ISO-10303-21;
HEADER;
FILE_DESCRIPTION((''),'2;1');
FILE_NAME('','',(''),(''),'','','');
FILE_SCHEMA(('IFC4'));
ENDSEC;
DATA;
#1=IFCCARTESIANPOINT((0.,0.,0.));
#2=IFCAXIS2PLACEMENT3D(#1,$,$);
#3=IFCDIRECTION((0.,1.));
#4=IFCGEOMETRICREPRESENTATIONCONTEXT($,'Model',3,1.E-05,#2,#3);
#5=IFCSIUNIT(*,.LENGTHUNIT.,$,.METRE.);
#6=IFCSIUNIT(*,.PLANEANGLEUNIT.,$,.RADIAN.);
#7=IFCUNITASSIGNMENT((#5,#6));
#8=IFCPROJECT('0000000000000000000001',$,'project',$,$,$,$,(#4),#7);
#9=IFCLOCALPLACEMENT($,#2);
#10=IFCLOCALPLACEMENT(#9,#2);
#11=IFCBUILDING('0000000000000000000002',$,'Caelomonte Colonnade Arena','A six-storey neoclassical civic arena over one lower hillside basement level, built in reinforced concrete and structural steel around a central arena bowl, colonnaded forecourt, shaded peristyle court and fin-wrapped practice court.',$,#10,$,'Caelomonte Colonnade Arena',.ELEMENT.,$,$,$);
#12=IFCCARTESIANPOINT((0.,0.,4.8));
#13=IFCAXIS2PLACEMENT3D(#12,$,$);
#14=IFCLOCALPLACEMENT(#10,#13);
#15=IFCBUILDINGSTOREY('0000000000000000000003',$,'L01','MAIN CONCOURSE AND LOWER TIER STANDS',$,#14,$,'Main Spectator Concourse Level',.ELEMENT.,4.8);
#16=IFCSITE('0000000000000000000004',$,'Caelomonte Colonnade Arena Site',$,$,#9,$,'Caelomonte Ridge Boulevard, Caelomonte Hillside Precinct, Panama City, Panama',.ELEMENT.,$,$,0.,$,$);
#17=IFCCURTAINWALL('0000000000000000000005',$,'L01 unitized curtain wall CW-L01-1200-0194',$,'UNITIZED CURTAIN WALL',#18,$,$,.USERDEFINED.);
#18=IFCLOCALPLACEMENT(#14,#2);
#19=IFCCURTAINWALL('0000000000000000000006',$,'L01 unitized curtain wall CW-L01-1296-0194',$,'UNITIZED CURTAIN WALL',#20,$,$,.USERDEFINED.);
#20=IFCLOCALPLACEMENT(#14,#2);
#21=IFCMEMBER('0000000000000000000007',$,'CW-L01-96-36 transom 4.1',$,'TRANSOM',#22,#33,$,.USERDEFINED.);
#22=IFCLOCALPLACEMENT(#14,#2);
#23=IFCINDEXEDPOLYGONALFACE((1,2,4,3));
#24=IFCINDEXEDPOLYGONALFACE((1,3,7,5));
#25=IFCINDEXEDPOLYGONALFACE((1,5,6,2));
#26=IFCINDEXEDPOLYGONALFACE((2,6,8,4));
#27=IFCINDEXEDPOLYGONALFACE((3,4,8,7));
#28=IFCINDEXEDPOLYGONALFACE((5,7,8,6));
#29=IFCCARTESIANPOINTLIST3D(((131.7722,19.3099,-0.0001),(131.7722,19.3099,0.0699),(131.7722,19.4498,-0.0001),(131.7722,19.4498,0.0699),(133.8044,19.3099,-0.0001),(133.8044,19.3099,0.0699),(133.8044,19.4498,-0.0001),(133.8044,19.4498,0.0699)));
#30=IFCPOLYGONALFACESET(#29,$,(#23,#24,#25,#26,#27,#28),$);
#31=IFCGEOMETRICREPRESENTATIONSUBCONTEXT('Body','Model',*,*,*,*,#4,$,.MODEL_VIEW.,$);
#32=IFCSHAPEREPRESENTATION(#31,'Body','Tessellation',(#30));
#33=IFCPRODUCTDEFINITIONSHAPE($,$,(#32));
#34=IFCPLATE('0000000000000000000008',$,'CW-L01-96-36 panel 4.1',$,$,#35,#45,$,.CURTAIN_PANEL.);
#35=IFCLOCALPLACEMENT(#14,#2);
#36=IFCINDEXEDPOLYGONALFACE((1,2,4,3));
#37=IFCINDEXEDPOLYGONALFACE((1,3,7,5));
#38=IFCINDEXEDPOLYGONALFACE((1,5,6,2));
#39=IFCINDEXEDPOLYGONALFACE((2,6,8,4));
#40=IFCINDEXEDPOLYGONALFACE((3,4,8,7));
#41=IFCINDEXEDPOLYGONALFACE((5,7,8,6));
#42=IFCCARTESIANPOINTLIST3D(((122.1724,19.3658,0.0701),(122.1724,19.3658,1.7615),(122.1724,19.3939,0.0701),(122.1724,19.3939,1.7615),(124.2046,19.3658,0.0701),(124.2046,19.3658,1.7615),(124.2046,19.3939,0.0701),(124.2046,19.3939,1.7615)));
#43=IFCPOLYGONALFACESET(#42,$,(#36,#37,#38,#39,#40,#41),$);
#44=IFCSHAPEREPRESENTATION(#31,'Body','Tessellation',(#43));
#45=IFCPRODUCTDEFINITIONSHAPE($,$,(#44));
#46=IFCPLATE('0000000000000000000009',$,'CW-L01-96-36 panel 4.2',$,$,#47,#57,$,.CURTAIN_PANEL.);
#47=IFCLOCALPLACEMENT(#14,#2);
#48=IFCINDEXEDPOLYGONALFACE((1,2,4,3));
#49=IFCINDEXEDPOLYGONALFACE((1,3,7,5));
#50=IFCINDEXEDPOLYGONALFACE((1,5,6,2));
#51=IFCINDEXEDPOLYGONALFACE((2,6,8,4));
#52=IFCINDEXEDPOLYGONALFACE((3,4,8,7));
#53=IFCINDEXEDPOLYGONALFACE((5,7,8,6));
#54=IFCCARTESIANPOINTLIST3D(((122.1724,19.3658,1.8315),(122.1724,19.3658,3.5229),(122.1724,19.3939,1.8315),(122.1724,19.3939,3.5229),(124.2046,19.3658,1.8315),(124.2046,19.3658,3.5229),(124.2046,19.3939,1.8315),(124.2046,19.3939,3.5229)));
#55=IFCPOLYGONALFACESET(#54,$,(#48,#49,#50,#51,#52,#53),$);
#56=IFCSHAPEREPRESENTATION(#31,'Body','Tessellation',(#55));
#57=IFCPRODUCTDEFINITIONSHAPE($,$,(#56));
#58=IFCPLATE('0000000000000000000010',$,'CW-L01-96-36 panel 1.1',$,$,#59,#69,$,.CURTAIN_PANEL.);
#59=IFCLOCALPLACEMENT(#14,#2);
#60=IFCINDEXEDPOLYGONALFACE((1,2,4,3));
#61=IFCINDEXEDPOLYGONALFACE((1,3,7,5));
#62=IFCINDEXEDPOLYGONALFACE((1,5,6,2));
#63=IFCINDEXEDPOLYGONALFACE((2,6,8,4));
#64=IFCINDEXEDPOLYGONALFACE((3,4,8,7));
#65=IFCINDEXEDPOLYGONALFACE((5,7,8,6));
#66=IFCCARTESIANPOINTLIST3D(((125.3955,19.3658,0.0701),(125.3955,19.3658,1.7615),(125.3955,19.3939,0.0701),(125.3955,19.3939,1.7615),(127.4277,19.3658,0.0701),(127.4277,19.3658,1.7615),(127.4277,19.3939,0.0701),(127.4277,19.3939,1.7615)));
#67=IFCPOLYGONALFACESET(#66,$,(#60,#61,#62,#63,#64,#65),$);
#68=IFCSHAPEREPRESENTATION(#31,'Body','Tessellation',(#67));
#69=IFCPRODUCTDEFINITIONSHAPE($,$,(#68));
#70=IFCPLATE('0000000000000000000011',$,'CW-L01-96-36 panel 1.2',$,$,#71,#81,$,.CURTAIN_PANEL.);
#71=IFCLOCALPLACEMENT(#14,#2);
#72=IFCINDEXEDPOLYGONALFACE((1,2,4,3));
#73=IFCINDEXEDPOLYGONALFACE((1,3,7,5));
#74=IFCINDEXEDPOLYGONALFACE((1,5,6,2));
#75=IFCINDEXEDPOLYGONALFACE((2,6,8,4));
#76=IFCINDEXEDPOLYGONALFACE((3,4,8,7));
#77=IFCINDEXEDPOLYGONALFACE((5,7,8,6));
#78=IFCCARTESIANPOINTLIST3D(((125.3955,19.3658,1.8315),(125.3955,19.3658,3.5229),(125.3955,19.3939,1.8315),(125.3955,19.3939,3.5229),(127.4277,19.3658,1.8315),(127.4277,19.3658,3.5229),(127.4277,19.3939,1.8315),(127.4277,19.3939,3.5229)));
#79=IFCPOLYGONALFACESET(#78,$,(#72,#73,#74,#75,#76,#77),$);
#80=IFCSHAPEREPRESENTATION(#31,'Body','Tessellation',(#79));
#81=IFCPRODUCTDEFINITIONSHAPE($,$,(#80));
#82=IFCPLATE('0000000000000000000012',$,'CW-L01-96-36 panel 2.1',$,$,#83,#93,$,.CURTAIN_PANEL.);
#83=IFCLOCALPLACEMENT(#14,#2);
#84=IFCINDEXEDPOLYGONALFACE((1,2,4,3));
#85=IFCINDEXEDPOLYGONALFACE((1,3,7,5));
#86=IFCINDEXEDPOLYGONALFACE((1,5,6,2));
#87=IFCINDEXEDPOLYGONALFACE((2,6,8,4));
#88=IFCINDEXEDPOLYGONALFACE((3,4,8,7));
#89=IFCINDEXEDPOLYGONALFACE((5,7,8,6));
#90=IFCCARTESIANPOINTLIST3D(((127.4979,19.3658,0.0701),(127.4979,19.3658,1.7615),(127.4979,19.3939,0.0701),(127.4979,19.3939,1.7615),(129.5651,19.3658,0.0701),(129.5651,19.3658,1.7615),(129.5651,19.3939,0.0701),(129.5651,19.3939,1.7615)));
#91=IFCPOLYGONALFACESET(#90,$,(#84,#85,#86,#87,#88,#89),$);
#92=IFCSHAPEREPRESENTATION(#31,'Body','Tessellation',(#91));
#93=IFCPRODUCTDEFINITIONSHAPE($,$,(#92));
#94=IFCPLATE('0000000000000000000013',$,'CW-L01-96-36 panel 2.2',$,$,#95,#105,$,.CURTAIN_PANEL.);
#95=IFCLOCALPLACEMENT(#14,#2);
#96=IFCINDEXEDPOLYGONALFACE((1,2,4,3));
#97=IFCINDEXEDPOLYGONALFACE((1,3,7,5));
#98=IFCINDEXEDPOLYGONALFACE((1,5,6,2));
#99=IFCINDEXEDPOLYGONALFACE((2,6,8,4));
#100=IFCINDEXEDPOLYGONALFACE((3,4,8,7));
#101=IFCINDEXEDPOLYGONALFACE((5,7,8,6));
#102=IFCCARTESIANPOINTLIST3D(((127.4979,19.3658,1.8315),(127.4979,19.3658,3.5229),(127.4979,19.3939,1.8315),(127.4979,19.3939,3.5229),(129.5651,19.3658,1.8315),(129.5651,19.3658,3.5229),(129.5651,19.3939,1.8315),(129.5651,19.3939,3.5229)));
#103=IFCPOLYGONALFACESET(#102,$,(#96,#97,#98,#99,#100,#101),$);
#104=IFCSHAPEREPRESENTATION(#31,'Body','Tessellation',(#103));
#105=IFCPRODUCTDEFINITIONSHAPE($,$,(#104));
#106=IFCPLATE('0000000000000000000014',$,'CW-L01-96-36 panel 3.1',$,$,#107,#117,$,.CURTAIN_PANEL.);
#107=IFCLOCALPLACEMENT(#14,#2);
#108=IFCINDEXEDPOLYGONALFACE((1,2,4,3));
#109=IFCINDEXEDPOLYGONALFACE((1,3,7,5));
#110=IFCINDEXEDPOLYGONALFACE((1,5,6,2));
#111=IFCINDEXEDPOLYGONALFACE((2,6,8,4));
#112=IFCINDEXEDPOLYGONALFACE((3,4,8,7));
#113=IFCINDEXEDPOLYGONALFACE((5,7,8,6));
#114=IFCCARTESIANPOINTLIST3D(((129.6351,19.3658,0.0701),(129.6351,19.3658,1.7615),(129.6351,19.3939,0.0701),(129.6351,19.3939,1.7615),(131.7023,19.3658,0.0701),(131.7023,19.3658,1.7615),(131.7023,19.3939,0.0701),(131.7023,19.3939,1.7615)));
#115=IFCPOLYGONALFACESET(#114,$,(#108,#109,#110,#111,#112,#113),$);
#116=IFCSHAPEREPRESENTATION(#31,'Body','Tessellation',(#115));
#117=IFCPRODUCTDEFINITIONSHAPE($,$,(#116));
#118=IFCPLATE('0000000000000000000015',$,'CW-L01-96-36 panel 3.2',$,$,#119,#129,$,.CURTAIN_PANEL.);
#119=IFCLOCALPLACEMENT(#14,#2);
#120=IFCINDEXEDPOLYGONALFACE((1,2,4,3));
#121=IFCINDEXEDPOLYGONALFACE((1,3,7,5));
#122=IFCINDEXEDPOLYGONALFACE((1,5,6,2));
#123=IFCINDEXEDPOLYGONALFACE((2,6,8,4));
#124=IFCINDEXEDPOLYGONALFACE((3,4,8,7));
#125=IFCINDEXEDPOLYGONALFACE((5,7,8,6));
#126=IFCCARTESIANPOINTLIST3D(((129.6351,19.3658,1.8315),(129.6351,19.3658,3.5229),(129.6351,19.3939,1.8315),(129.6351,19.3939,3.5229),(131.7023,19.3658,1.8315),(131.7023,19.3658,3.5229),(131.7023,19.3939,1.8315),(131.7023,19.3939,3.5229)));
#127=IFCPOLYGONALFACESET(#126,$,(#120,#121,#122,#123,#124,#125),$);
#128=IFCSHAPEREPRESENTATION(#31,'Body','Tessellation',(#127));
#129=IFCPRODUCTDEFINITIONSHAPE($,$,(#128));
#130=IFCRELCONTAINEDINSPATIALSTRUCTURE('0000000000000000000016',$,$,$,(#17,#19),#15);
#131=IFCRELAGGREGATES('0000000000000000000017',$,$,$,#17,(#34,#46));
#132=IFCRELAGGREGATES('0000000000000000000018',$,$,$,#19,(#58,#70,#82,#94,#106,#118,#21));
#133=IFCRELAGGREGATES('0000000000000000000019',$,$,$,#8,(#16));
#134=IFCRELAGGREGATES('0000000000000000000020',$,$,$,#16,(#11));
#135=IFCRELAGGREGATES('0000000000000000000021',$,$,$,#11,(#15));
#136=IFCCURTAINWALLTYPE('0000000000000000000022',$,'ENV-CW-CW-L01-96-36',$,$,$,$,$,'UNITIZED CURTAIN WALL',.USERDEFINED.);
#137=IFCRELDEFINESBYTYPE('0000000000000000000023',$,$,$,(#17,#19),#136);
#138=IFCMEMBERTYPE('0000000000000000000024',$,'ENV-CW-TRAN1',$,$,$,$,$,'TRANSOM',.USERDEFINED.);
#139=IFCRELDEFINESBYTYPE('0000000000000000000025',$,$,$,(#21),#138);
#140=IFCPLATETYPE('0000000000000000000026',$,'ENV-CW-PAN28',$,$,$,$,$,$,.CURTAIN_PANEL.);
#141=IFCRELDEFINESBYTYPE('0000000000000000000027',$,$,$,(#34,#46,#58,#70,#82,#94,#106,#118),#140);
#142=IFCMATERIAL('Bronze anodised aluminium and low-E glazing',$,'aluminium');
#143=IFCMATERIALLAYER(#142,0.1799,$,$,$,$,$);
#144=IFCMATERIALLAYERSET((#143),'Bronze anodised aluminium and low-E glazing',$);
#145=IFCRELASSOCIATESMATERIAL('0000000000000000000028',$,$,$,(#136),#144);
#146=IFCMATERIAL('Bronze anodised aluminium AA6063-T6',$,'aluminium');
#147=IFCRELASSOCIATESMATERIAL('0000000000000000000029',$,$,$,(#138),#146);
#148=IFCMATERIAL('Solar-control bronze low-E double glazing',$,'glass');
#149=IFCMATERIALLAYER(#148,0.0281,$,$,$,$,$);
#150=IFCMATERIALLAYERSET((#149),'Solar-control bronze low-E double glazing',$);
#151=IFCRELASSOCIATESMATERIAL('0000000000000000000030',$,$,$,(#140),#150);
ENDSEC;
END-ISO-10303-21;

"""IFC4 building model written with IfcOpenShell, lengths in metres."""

from ifc_helpers import new_model, si_unit, direction, frame, origin, origin_2d, place, context, subcontext, project, spatial, rectangle, extrude, material, layer, layer_set, material_profile, profile_set, type_object, element, aggregate, save


model = new_model("IFC4")

# Units and contexts
model_context = context("Model", 3, precision=1e-05, world=origin(), true_north=direction((0.0, 1.0)))
body_context = subcontext(model_context, "Body", "Model", "MODEL_VIEW")
ifc_project = project(units=[si_unit("LENGTHUNIT", "METRE"), si_unit("PLANEANGLEUNIT", "RADIAN")], contexts=[model_context])

# Site, building, storey
site_placement = place(None, origin())
site = spatial("IfcSite", under=ifc_project, at=site_placement, Name="Caelomonte Colonnade Arena Site", LongName="Caelomonte Ridge Boulevard, Caelomonte Hillside Precinct, Panama City, Panama", CompositionType="ELEMENT", RefElevation=0.0)
building_placement = place(site_placement, origin())
building = spatial("IfcBuilding", under=site, at=building_placement, Name="Caelomonte Colonnade Arena", Description="A six-storey neoclassical civic arena over one lower hillside basement level, built in reinforced concrete and structural steel around a central arena bowl, colonnaded forecourt, shaded peristyle court and fin-wrapped practice court.", LongName="Caelomonte Colonnade Arena", CompositionType="ELEMENT")
storey_placement = place(building_placement, frame((0.0, 0.0, 4.8)))
storey = spatial("IfcBuildingStorey", under=building, at=storey_placement, Name="L01", Description="MAIN CONCOURSE AND LOWER TIER STANDS", LongName="Main Spectator Concourse Level", CompositionType="ELEMENT", Elevation=4.8)

# Curtain wall
ifc_material_1 = material(Name="Bronze anodised aluminium and low-E glazing", Category="aluminium")
ifc_layer_1 = layer(ifc_material_1, 0.1799)
ifc_layer_set_1 = layer_set([ifc_layer_1], Name="Bronze anodised aluminium and low-E glazing")
curtain_wall_type = type_object("IfcCurtainWallType", Name="ENV-CW-CW-L01-96-36", ElementType="UNITIZED CURTAIN WALL", PredefinedType="USERDEFINED", material=ifc_layer_set_1)
curtain_wall_1_placement = place(storey_placement, origin())
curtain_wall_1 = element("IfcCurtainWall", 1, at=curtain_wall_1_placement, inside=storey, type_object=curtain_wall_type, Name="L01 unitized curtain wall CW-L01-1200-0194", ObjectType="UNITIZED CURTAIN WALL", PredefinedType="USERDEFINED")
ifc_material_2 = material(Name="Bronze anodised aluminium AA6063-T6", Category="aluminium")

# Curtain wall
curtain_wall_2_placement = place(storey_placement, origin())
curtain_wall_2 = element("IfcCurtainWall", 2, at=curtain_wall_2_placement, inside=storey, type_object=curtain_wall_type, Name="L01 unitized curtain wall CW-L01-1296-0194", ObjectType="UNITIZED CURTAIN WALL", PredefinedType="USERDEFINED")

# Member
ifc_material_profile_1 = material_profile(ifc_material_2, rectangle(XDim=0.0701, YDim=0.1399, at=origin_2d()), Name="CWT-70X140")
ifc_profile_set_1 = profile_set([ifc_material_profile_1], Name="Bronze anodised aluminium AA6063-T6")
member_type_1 = type_object("IfcMemberType", Name="ENV-CW-TRAN1", ElementType="TRANSOM", PredefinedType="USERDEFINED", material=ifc_profile_set_1)
member_1_placement = place(storey_placement, frame((131.7722, 19.3799, 0.0349), z_axis=(1.0, 0.0, 0.0), x_axis=(0.0, 0.0, 1.0)))
member_1 = element("IfcMember", 3, at=member_1_placement, type_object=member_type_1, Name="CW-L01-96-36 transom 4.1", ObjectType="TRANSOM", PredefinedType="USERDEFINED", context=body_context, shape_type="SweptSolid", body=[
    extrude(rectangle(XDim=0.0701, YDim=0.1399, at=origin_2d()), origin(), (0.0, 0.0, 1.0), 2.0322),
])

# Plates
ifc_material_3 = material(Name="Solar-control bronze low-E double glazing", Category="glass")
ifc_layer_2 = layer(ifc_material_3, 0.0281)
ifc_layer_set_2 = layer_set([ifc_layer_2], Name="Solar-control bronze low-E double glazing")
plate_type = type_object("IfcPlateType", Name="ENV-CW-PAN28", PredefinedType="CURTAIN_PANEL", material=ifc_layer_set_2)
plate_1_placement = place(storey_placement, frame((123.1885, 19.3799, 0.0701), z_axis=(0.0, 0.0, 1.0), x_axis=(1.0, 0.0, 0.0)))
plate_1 = element("IfcPlate", 4, at=plate_1_placement, type_object=plate_type, Name="CW-L01-96-36 panel 4.1", PredefinedType="CURTAIN_PANEL", context=body_context, shape_type="SweptSolid", body=[
    extrude(rectangle(XDim=2.0322, YDim=0.0281, at=origin_2d()), origin(), (0.0, 0.0, 1.0), 1.6914),
])
plate_2_placement = place(storey_placement, frame((123.1885, 19.3799, 1.8315), z_axis=(0.0, 0.0, 1.0), x_axis=(1.0, 0.0, 0.0)))
plate_2 = element("IfcPlate", 5, at=plate_2_placement, type_object=plate_type, Name="CW-L01-96-36 panel 4.2", PredefinedType="CURTAIN_PANEL", context=body_context, shape_type="SweptSolid", body=[
    extrude(rectangle(XDim=2.0322, YDim=0.0281, at=origin_2d()), origin(), (0.0, 0.0, 1.0), 1.6914),
])
aggregate(curtain_wall_1, [plate_1, plate_2])
plate_3_placement = place(storey_placement, frame((126.4116, 19.3799, 0.0701), z_axis=(0.0, 0.0, 1.0), x_axis=(1.0, 0.0, 0.0)))
plate_3 = element("IfcPlate", 6, at=plate_3_placement, type_object=plate_type, Name="CW-L01-96-36 panel 1.1", PredefinedType="CURTAIN_PANEL", context=body_context, shape_type="SweptSolid", body=[
    extrude(rectangle(XDim=2.0322, YDim=0.0281, at=origin_2d()), origin(), (0.0, 0.0, 1.0), 1.6914),
])
plate_4_placement = place(storey_placement, frame((126.4116, 19.3799, 1.8315), z_axis=(0.0, 0.0, 1.0), x_axis=(1.0, 0.0, 0.0)))
plate_4 = element("IfcPlate", 7, at=plate_4_placement, type_object=plate_type, Name="CW-L01-96-36 panel 1.2", PredefinedType="CURTAIN_PANEL", context=body_context, shape_type="SweptSolid", body=[
    extrude(rectangle(XDim=2.0322, YDim=0.0281, at=origin_2d()), origin(), (0.0, 0.0, 1.0), 1.6914),
])
plate_5_placement = place(storey_placement, frame((128.5315, 19.3799, 0.0701), z_axis=(0.0, 0.0, 1.0), x_axis=(1.0, 0.0, 0.0)))
plate_5 = element("IfcPlate", 8, at=plate_5_placement, type_object=plate_type, Name="CW-L01-96-36 panel 2.1", PredefinedType="CURTAIN_PANEL", context=body_context, shape_type="SweptSolid", body=[
    extrude(rectangle(XDim=2.0671, YDim=0.0281, at=origin_2d()), origin(), (0.0, 0.0, 1.0), 1.6914),
])
plate_6_placement = place(storey_placement, frame((128.5315, 19.3799, 1.8315), z_axis=(0.0, 0.0, 1.0), x_axis=(1.0, 0.0, 0.0)))
plate_6 = element("IfcPlate", 9, at=plate_6_placement, type_object=plate_type, Name="CW-L01-96-36 panel 2.2", PredefinedType="CURTAIN_PANEL", context=body_context, shape_type="SweptSolid", body=[
    extrude(rectangle(XDim=2.0671, YDim=0.0281, at=origin_2d()), origin(), (0.0, 0.0, 1.0), 1.6914),
])
plate_7_placement = place(storey_placement, frame((130.6687, 19.3799, 0.0701), z_axis=(0.0, 0.0, 1.0), x_axis=(1.0, 0.0, 0.0)))
plate_7 = element("IfcPlate", 10, at=plate_7_placement, type_object=plate_type, Name="CW-L01-96-36 panel 3.1", PredefinedType="CURTAIN_PANEL", context=body_context, shape_type="SweptSolid", body=[
    extrude(rectangle(XDim=2.0671, YDim=0.0281, at=origin_2d()), origin(), (0.0, 0.0, 1.0), 1.6914),
])
plate_8_placement = place(storey_placement, frame((130.6687, 19.3799, 1.8315), z_axis=(0.0, 0.0, 1.0), x_axis=(1.0, 0.0, 0.0)))
plate_8 = element("IfcPlate", 11, at=plate_8_placement, type_object=plate_type, Name="CW-L01-96-36 panel 3.2", PredefinedType="CURTAIN_PANEL", context=body_context, shape_type="SweptSolid", body=[
    extrude(rectangle(XDim=2.0671, YDim=0.0281, at=origin_2d()), origin(), (0.0, 0.0, 1.0), 1.6914),
])
aggregate(curtain_wall_2, [plate_3, plate_4, plate_5, plate_6, plate_7, plate_8, member_1])

save(model, "model.ifc")
